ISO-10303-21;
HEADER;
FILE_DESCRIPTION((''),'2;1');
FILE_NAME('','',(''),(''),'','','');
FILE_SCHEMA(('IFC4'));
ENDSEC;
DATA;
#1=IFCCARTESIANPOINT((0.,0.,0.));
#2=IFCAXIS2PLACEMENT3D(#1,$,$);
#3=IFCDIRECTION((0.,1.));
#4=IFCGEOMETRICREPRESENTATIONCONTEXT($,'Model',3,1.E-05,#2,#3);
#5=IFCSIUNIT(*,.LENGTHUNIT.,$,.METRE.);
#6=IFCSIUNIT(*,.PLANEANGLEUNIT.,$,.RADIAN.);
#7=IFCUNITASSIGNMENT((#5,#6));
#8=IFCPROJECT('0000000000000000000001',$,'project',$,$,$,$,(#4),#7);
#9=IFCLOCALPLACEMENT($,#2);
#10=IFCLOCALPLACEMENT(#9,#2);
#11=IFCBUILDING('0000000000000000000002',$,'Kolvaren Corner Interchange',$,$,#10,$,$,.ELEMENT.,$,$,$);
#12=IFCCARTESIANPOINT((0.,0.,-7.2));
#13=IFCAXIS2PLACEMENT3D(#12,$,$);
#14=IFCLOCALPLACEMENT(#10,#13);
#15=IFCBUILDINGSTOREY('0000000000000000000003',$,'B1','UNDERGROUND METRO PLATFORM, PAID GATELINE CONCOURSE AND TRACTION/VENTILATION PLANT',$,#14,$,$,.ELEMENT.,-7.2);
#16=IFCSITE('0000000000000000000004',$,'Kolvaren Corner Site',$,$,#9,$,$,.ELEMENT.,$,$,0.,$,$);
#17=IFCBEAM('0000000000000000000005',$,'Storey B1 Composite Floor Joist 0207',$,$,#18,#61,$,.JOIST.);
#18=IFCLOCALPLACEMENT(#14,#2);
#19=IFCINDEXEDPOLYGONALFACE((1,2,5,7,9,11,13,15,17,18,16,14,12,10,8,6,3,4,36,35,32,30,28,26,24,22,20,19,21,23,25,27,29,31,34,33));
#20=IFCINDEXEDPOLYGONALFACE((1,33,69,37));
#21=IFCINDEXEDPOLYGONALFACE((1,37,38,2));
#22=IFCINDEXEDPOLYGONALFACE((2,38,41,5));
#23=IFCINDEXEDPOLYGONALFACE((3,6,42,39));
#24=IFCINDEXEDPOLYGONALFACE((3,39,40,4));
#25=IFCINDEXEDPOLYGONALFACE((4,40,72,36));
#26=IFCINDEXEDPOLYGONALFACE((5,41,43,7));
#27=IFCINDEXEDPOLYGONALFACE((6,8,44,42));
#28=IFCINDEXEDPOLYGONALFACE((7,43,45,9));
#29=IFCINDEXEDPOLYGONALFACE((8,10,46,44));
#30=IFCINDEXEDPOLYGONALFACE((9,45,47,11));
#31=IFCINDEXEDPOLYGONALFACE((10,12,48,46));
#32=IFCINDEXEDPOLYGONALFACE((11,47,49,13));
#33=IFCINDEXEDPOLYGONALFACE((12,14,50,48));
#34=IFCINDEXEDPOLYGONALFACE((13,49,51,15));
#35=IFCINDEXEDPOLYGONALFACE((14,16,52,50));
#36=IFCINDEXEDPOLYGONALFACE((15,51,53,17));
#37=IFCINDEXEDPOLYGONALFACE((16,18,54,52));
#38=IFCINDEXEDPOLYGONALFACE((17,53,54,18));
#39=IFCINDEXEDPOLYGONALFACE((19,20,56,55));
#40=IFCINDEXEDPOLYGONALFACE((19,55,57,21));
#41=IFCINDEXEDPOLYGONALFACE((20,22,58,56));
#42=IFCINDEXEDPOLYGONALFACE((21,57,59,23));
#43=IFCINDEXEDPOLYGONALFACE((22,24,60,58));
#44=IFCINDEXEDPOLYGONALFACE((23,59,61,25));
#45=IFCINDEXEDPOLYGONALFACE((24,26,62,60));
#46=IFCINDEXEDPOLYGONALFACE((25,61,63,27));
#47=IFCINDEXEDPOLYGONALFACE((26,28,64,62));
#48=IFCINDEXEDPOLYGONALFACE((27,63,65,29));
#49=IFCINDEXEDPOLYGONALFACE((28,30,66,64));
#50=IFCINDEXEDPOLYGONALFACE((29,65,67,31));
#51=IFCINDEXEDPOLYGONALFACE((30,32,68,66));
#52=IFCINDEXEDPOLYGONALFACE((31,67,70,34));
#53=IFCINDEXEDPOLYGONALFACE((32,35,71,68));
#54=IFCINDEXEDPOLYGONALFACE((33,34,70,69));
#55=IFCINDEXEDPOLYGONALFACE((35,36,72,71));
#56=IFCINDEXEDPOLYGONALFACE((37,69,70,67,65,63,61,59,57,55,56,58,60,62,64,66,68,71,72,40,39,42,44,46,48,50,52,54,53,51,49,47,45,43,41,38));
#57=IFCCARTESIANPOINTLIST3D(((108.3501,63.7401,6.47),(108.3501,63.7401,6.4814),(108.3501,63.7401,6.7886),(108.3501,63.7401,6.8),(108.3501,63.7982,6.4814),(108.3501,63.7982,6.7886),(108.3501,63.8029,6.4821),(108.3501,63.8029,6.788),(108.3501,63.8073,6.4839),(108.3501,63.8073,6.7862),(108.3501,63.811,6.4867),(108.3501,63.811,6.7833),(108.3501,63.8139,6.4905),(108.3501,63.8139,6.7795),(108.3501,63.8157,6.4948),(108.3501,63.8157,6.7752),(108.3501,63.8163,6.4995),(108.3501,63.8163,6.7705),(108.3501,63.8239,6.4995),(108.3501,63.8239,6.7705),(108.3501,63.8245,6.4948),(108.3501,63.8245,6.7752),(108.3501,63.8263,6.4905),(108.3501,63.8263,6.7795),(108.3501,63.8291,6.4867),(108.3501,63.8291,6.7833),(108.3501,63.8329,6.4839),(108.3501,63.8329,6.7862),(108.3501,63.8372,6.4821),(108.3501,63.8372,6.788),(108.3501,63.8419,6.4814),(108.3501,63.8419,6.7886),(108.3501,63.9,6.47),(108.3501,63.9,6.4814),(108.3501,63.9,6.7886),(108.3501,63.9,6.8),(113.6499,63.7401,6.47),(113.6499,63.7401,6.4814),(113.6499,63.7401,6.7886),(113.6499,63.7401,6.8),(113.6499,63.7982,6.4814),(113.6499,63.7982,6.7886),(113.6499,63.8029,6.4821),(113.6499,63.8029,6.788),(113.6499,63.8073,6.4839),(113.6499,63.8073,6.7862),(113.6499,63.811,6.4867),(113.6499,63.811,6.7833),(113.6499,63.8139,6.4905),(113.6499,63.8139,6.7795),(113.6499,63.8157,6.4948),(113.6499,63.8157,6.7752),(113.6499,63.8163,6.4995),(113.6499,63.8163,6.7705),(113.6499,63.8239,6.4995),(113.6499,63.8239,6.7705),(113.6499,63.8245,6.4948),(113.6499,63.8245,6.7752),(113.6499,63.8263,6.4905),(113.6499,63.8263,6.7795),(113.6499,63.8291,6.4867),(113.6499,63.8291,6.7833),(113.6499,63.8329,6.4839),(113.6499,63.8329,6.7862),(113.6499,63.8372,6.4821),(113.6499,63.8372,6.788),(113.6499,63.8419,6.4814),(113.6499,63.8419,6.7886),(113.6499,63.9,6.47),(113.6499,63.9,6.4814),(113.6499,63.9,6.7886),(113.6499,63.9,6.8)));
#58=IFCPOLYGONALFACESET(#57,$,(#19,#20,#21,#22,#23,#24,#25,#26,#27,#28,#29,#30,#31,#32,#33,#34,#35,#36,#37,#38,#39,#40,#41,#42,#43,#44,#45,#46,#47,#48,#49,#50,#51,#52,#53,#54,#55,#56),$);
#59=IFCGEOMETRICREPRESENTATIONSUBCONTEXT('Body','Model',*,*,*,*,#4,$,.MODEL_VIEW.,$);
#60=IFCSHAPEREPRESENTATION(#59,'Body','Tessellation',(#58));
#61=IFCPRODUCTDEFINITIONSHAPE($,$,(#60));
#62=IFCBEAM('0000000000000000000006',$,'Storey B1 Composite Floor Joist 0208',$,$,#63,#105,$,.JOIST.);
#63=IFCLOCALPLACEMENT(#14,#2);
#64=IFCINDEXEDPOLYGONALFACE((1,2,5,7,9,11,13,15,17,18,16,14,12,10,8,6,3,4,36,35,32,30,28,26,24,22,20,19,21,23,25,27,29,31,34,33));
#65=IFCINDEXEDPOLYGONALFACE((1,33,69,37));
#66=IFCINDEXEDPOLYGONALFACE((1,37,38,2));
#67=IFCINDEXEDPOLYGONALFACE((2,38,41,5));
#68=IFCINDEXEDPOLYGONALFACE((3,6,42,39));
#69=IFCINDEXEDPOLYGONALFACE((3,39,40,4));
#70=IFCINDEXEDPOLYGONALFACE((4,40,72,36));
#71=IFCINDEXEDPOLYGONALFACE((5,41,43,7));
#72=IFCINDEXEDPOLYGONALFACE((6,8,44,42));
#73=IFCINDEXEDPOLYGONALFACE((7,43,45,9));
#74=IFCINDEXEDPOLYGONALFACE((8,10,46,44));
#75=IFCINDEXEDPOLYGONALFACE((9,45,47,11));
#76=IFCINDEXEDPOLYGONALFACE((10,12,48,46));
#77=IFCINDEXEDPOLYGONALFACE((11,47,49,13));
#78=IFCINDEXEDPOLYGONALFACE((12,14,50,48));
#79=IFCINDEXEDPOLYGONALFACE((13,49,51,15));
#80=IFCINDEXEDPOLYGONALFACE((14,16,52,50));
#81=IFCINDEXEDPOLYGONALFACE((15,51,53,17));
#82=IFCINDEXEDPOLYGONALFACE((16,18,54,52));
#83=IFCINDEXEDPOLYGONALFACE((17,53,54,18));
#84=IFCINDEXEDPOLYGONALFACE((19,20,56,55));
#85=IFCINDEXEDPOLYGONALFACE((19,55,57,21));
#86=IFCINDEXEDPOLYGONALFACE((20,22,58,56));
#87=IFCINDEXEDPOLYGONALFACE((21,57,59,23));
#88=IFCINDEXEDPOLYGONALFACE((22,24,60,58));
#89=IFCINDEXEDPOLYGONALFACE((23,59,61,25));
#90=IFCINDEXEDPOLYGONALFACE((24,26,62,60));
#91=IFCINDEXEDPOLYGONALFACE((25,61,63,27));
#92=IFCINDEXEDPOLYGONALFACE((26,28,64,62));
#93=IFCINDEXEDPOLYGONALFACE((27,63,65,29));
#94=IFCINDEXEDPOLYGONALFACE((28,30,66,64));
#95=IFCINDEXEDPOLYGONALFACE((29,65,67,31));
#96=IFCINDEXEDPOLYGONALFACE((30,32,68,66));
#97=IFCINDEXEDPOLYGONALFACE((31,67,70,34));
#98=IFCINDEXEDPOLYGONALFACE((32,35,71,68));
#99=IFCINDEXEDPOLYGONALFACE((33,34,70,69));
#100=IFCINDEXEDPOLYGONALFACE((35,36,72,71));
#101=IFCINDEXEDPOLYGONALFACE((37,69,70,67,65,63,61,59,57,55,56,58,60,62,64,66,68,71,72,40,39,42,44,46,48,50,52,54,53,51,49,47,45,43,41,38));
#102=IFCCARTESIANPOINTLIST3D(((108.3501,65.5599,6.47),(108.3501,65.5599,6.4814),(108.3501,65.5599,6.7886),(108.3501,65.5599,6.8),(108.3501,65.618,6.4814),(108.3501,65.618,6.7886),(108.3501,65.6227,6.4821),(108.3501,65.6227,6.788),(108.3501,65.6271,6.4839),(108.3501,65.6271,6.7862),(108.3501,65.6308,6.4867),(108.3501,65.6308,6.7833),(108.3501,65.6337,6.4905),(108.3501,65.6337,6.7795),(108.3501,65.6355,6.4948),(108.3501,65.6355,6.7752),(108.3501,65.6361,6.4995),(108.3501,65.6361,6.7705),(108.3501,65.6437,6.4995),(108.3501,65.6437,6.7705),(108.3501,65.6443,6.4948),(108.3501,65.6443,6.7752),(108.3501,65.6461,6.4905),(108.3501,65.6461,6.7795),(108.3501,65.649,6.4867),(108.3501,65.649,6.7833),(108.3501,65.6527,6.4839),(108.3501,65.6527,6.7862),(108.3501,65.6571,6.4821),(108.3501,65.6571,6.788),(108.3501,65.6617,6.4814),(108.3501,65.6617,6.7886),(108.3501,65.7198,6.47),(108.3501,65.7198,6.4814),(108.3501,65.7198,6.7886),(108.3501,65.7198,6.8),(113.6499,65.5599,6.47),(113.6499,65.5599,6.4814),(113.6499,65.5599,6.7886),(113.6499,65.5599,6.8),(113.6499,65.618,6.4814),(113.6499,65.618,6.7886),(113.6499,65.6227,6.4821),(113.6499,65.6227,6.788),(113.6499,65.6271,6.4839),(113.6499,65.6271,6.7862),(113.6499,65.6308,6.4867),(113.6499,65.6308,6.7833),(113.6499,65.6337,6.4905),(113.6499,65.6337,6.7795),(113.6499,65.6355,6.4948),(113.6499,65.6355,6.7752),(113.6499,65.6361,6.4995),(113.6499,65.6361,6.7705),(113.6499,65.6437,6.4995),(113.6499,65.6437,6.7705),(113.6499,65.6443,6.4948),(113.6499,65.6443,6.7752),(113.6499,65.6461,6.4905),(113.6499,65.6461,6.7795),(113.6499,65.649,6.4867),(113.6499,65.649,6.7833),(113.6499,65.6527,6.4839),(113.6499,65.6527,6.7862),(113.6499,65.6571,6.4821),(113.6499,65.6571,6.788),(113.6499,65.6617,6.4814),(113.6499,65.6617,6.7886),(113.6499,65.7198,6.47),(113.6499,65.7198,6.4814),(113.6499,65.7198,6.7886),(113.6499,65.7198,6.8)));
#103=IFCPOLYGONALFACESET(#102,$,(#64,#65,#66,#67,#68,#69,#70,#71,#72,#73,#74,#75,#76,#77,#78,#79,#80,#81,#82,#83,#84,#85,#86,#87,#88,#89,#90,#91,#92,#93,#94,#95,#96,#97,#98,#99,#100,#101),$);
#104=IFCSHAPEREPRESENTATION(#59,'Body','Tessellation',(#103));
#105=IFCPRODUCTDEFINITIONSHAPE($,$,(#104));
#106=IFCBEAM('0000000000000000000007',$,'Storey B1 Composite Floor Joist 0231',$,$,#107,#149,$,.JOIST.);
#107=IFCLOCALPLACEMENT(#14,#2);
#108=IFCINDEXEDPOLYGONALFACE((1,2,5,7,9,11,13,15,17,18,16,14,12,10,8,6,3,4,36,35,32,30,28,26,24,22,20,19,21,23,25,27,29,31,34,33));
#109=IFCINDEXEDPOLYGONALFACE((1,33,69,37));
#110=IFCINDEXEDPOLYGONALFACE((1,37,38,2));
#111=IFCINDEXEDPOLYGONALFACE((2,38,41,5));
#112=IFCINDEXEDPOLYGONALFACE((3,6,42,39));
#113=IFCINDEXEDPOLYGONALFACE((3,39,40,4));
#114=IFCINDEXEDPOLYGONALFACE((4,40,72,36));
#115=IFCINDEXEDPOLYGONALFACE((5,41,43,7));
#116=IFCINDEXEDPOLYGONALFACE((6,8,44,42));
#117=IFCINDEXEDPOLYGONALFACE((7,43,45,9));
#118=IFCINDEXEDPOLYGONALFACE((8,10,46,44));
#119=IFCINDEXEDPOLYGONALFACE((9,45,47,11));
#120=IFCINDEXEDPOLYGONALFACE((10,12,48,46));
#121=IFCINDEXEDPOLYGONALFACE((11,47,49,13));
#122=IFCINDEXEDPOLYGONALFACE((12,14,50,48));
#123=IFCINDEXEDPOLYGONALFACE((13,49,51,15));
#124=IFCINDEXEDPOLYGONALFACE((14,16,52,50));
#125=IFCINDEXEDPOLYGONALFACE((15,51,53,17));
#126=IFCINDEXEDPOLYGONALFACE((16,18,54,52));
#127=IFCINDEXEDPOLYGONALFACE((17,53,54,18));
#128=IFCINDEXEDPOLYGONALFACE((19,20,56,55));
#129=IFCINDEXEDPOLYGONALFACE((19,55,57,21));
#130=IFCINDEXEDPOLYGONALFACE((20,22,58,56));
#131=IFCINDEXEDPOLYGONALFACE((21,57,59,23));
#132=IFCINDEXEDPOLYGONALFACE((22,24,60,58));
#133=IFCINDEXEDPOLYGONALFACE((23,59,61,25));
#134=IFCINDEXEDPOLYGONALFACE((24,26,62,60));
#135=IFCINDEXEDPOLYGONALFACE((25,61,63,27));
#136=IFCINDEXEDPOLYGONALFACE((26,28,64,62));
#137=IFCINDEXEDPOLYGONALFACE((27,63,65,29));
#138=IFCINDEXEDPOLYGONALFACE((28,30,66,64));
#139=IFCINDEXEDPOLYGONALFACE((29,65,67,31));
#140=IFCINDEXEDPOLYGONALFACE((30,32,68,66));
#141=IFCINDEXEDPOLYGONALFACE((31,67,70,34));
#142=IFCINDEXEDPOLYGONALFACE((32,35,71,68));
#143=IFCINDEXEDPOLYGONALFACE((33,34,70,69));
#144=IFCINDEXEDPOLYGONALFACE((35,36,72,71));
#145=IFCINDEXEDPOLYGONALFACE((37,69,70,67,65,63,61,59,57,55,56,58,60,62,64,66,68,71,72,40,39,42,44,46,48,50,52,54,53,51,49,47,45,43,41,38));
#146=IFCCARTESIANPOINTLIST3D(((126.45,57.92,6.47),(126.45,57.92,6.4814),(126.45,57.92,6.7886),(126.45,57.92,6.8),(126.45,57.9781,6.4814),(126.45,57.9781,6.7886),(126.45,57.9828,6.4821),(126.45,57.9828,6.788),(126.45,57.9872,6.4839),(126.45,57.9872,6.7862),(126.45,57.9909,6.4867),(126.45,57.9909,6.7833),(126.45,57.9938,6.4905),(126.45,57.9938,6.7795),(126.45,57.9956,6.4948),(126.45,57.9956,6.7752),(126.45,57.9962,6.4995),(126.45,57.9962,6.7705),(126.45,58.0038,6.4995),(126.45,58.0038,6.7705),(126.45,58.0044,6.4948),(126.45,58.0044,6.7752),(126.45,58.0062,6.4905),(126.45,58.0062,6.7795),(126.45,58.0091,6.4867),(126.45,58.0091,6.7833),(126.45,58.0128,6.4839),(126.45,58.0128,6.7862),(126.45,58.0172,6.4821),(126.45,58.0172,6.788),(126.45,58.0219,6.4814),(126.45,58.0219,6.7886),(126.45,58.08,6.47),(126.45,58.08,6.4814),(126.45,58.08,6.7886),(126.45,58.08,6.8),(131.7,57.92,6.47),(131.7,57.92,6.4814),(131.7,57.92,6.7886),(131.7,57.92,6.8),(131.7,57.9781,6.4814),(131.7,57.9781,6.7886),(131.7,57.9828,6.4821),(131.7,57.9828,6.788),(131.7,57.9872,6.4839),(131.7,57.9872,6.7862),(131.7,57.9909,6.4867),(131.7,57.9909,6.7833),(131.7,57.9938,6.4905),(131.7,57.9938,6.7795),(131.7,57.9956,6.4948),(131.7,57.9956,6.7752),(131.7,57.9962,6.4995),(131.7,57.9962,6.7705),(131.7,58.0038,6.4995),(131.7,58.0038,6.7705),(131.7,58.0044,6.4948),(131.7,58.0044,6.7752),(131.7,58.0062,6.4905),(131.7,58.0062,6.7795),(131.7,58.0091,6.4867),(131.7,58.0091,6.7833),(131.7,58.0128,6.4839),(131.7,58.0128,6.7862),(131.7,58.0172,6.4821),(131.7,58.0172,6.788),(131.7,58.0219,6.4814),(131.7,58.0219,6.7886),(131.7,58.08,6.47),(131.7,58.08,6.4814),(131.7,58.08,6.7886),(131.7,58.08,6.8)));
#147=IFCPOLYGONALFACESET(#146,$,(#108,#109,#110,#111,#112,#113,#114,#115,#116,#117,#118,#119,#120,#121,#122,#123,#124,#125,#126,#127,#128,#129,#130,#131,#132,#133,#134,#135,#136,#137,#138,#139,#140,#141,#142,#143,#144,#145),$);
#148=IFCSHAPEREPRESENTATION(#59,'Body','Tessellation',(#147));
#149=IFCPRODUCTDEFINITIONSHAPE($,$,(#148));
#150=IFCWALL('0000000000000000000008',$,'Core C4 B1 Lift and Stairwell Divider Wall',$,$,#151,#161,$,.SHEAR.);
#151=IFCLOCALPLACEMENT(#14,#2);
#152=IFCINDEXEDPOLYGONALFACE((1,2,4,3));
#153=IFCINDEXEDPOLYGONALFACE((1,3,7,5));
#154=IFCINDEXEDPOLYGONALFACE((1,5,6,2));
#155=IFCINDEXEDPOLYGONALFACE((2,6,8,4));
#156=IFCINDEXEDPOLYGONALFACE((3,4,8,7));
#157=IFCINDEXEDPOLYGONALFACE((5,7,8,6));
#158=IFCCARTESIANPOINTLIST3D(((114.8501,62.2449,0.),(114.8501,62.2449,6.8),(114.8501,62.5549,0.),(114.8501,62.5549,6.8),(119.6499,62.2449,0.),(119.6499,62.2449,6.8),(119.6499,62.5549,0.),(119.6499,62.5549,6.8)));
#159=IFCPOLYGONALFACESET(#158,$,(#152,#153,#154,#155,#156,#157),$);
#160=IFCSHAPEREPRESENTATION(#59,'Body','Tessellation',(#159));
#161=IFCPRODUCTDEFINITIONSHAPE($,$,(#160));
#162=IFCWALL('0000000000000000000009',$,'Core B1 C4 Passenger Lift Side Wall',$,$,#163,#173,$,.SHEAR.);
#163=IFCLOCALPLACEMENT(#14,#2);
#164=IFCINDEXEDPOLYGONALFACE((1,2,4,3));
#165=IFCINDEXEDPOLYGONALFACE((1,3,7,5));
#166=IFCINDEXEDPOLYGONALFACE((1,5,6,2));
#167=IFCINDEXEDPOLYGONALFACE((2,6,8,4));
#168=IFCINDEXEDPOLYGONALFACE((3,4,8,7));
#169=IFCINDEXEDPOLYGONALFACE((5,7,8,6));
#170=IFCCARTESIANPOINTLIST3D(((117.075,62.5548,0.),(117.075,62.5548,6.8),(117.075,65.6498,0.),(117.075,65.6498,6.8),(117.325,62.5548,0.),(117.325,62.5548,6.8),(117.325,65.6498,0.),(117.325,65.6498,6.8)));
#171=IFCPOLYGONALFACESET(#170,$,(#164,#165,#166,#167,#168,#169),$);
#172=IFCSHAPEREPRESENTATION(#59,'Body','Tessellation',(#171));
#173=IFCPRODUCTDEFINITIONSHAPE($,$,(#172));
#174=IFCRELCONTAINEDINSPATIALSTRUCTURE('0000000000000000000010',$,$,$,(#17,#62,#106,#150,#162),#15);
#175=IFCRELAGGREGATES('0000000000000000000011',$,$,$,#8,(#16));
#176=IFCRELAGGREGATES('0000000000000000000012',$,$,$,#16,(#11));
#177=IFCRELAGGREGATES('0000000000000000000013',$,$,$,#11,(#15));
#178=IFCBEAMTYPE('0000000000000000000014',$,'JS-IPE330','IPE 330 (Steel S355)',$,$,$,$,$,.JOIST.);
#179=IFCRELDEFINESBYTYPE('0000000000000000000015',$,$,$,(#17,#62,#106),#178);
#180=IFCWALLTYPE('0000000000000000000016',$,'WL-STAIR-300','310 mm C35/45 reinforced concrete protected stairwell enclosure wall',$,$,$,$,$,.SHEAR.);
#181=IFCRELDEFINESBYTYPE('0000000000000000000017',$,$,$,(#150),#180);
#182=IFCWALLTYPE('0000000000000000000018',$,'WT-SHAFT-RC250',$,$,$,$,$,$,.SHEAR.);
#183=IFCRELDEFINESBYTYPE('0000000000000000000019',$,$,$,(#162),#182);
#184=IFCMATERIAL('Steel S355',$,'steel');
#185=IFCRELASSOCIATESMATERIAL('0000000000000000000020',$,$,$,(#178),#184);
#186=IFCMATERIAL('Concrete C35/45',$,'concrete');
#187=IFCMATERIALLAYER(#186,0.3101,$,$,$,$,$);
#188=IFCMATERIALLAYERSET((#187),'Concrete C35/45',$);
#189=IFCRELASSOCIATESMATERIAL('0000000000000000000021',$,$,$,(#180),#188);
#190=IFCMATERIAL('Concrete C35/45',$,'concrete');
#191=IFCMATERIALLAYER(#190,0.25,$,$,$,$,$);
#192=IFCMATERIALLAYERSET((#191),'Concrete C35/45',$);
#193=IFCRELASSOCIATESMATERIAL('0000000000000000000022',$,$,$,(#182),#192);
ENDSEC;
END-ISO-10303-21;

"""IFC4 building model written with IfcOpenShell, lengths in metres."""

from ifc_helpers import new_model, si_unit, direction, frame, frame_2d, origin, origin_2d, place, context, subcontext, project, spatial, rectangle, i_section, extrude, material, layer, layer_set, material_profile, profile_set, type_object, element, save


model = new_model("IFC4")

# Units and contexts
model_context = context("Model", 3, precision=1e-05, world=origin(), true_north=direction((0.0, 1.0)))
body_context = subcontext(model_context, "Body", "Model", "MODEL_VIEW")
ifc_project = project(units=[si_unit("LENGTHUNIT", "METRE"), si_unit("PLANEANGLEUNIT", "RADIAN")], contexts=[model_context])

# Site, building, storey
site_placement = place(None, origin())
site = spatial("IfcSite", under=ifc_project, at=site_placement, Name="Kolvaren Corner Site", CompositionType="ELEMENT", RefElevation=0.0)
building_placement = place(site_placement, origin())
building = spatial("IfcBuilding", under=site, at=building_placement, Name="Kolvaren Corner Interchange", CompositionType="ELEMENT")
storey_placement = place(building_placement, frame((0.0, 0.0, -7.2)))
storey = spatial("IfcBuildingStorey", under=building, at=storey_placement, Name="B1", Description="UNDERGROUND METRO PLATFORM, PAID GATELINE CONCOURSE AND TRACTION/VENTILATION PLANT", CompositionType="ELEMENT", Elevation=-7.2)

# Beams
ifc_material_1 = material(Name="Steel S355", Category="steel")
ifc_material_profile_1 = material_profile(ifc_material_1, i_section(OverallWidth=0.1599, OverallDepth=0.3301, WebThickness=0.0076, FlangeThickness=0.0115, FilletRadius=0.0181, at=origin_2d()), Name="IPE 330")
ifc_profile_set_1 = profile_set([ifc_material_profile_1], Name="Steel S355")
beam_type_1 = type_object("IfcBeamType", Name="JS-IPE330", Description="IPE 330 (Steel S355)", PredefinedType="JOIST", material=ifc_profile_set_1)
for number, where, z_axis, x_axis, name in (
    (1, (108.3501, 63.8201, 6.635), (1.0, 0.0, 0.0), (0.0, 1.0, 0.0), "Storey B1 Composite Floor Joist 0207"),
    (2, (108.3501, 65.6399, 6.635), (1.0, 0.0, 0.0), (0.0, 1.0, 0.0), "Storey B1 Composite Floor Joist 0208"),
):
    element("IfcBeam", number, at=place(storey_placement, frame(where, z_axis=z_axis, x_axis=x_axis)), inside=storey, type_object=beam_type_1, Name=name, PredefinedType="JOIST", context=body_context, shape_type="SweptSolid", body=[
        extrude(i_section(OverallWidth=0.1599, OverallDepth=0.3301, WebThickness=0.0076, FlangeThickness=0.0115, FilletRadius=0.0181, at=origin_2d()), origin(), (0.0, 0.0, 1.0), 5.2998),
    ])
beam_1_placement = place(storey_placement, frame((126.45, 58.0, 6.635), z_axis=(1.0, 0.0, 0.0), x_axis=(0.0, 1.0, 0.0)))
element("IfcBeam", 3, at=beam_1_placement, inside=storey, type_object=beam_type_1, Name="Storey B1 Composite Floor Joist 0231", PredefinedType="JOIST", context=body_context, shape_type="SweptSolid", body=[
    extrude(i_section(OverallWidth=0.1599, OverallDepth=0.3301, WebThickness=0.0076, FlangeThickness=0.0115, FilletRadius=0.0181, at=origin_2d()), origin(), (0.0, 0.0, 1.0), 5.25),
])

# Walls
ifc_material_2 = material(Name="Concrete C35/45", Category="concrete")
ifc_layer_1 = layer(ifc_material_2, 0.3101)
ifc_layer_set_1 = layer_set([ifc_layer_1], Name="Concrete C35/45")
wall_type_1 = type_object("IfcWallType", Name="WL-STAIR-300", Description="310 mm C35/45 reinforced concrete protected stairwell enclosure wall", PredefinedType="SHEAR", material=ifc_layer_set_1)
wall_1_placement = place(storey_placement, frame((114.8501, 62.3999, 0.0), z_axis=(0.0, 0.0, 1.0), x_axis=(1.0, 0.0, 0.0)))
element("IfcWall", 4, at=wall_1_placement, inside=storey, type_object=wall_type_1, Name="Core C4 B1 Lift and Stairwell Divider Wall", PredefinedType="SHEAR", context=body_context, shape_type="SweptSolid", body=[
    extrude(rectangle(XDim=4.7998, YDim=0.3101, at=frame_2d((2.3999, 0.0))), origin(), (0.0, 0.0, 1.0), 6.8),
])
ifc_material_3 = material(Name="Concrete C35/45", Category="concrete")
ifc_layer_2 = layer(ifc_material_3, 0.25)
ifc_layer_set_2 = layer_set([ifc_layer_2], Name="Concrete C35/45")
wall_type_2 = type_object("IfcWallType", Name="WT-SHAFT-RC250", PredefinedType="SHEAR", material=ifc_layer_set_2)
wall_2_placement = place(storey_placement, frame((117.2, 62.5549, 0.0), z_axis=(0.0, 0.0, 1.0), x_axis=(0.0, 1.0, 0.0)))
element("IfcWall", 5, at=wall_2_placement, inside=storey, type_object=wall_type_2, Name="Core B1 C4 Passenger Lift Side Wall", PredefinedType="SHEAR", context=body_context, shape_type="SweptSolid", body=[
    extrude(rectangle(XDim=3.095, YDim=0.25, at=frame_2d((1.5474, 0.0))), origin(), (0.0, 0.0, 1.0), 6.8),
])

save(model, "model.ifc")
